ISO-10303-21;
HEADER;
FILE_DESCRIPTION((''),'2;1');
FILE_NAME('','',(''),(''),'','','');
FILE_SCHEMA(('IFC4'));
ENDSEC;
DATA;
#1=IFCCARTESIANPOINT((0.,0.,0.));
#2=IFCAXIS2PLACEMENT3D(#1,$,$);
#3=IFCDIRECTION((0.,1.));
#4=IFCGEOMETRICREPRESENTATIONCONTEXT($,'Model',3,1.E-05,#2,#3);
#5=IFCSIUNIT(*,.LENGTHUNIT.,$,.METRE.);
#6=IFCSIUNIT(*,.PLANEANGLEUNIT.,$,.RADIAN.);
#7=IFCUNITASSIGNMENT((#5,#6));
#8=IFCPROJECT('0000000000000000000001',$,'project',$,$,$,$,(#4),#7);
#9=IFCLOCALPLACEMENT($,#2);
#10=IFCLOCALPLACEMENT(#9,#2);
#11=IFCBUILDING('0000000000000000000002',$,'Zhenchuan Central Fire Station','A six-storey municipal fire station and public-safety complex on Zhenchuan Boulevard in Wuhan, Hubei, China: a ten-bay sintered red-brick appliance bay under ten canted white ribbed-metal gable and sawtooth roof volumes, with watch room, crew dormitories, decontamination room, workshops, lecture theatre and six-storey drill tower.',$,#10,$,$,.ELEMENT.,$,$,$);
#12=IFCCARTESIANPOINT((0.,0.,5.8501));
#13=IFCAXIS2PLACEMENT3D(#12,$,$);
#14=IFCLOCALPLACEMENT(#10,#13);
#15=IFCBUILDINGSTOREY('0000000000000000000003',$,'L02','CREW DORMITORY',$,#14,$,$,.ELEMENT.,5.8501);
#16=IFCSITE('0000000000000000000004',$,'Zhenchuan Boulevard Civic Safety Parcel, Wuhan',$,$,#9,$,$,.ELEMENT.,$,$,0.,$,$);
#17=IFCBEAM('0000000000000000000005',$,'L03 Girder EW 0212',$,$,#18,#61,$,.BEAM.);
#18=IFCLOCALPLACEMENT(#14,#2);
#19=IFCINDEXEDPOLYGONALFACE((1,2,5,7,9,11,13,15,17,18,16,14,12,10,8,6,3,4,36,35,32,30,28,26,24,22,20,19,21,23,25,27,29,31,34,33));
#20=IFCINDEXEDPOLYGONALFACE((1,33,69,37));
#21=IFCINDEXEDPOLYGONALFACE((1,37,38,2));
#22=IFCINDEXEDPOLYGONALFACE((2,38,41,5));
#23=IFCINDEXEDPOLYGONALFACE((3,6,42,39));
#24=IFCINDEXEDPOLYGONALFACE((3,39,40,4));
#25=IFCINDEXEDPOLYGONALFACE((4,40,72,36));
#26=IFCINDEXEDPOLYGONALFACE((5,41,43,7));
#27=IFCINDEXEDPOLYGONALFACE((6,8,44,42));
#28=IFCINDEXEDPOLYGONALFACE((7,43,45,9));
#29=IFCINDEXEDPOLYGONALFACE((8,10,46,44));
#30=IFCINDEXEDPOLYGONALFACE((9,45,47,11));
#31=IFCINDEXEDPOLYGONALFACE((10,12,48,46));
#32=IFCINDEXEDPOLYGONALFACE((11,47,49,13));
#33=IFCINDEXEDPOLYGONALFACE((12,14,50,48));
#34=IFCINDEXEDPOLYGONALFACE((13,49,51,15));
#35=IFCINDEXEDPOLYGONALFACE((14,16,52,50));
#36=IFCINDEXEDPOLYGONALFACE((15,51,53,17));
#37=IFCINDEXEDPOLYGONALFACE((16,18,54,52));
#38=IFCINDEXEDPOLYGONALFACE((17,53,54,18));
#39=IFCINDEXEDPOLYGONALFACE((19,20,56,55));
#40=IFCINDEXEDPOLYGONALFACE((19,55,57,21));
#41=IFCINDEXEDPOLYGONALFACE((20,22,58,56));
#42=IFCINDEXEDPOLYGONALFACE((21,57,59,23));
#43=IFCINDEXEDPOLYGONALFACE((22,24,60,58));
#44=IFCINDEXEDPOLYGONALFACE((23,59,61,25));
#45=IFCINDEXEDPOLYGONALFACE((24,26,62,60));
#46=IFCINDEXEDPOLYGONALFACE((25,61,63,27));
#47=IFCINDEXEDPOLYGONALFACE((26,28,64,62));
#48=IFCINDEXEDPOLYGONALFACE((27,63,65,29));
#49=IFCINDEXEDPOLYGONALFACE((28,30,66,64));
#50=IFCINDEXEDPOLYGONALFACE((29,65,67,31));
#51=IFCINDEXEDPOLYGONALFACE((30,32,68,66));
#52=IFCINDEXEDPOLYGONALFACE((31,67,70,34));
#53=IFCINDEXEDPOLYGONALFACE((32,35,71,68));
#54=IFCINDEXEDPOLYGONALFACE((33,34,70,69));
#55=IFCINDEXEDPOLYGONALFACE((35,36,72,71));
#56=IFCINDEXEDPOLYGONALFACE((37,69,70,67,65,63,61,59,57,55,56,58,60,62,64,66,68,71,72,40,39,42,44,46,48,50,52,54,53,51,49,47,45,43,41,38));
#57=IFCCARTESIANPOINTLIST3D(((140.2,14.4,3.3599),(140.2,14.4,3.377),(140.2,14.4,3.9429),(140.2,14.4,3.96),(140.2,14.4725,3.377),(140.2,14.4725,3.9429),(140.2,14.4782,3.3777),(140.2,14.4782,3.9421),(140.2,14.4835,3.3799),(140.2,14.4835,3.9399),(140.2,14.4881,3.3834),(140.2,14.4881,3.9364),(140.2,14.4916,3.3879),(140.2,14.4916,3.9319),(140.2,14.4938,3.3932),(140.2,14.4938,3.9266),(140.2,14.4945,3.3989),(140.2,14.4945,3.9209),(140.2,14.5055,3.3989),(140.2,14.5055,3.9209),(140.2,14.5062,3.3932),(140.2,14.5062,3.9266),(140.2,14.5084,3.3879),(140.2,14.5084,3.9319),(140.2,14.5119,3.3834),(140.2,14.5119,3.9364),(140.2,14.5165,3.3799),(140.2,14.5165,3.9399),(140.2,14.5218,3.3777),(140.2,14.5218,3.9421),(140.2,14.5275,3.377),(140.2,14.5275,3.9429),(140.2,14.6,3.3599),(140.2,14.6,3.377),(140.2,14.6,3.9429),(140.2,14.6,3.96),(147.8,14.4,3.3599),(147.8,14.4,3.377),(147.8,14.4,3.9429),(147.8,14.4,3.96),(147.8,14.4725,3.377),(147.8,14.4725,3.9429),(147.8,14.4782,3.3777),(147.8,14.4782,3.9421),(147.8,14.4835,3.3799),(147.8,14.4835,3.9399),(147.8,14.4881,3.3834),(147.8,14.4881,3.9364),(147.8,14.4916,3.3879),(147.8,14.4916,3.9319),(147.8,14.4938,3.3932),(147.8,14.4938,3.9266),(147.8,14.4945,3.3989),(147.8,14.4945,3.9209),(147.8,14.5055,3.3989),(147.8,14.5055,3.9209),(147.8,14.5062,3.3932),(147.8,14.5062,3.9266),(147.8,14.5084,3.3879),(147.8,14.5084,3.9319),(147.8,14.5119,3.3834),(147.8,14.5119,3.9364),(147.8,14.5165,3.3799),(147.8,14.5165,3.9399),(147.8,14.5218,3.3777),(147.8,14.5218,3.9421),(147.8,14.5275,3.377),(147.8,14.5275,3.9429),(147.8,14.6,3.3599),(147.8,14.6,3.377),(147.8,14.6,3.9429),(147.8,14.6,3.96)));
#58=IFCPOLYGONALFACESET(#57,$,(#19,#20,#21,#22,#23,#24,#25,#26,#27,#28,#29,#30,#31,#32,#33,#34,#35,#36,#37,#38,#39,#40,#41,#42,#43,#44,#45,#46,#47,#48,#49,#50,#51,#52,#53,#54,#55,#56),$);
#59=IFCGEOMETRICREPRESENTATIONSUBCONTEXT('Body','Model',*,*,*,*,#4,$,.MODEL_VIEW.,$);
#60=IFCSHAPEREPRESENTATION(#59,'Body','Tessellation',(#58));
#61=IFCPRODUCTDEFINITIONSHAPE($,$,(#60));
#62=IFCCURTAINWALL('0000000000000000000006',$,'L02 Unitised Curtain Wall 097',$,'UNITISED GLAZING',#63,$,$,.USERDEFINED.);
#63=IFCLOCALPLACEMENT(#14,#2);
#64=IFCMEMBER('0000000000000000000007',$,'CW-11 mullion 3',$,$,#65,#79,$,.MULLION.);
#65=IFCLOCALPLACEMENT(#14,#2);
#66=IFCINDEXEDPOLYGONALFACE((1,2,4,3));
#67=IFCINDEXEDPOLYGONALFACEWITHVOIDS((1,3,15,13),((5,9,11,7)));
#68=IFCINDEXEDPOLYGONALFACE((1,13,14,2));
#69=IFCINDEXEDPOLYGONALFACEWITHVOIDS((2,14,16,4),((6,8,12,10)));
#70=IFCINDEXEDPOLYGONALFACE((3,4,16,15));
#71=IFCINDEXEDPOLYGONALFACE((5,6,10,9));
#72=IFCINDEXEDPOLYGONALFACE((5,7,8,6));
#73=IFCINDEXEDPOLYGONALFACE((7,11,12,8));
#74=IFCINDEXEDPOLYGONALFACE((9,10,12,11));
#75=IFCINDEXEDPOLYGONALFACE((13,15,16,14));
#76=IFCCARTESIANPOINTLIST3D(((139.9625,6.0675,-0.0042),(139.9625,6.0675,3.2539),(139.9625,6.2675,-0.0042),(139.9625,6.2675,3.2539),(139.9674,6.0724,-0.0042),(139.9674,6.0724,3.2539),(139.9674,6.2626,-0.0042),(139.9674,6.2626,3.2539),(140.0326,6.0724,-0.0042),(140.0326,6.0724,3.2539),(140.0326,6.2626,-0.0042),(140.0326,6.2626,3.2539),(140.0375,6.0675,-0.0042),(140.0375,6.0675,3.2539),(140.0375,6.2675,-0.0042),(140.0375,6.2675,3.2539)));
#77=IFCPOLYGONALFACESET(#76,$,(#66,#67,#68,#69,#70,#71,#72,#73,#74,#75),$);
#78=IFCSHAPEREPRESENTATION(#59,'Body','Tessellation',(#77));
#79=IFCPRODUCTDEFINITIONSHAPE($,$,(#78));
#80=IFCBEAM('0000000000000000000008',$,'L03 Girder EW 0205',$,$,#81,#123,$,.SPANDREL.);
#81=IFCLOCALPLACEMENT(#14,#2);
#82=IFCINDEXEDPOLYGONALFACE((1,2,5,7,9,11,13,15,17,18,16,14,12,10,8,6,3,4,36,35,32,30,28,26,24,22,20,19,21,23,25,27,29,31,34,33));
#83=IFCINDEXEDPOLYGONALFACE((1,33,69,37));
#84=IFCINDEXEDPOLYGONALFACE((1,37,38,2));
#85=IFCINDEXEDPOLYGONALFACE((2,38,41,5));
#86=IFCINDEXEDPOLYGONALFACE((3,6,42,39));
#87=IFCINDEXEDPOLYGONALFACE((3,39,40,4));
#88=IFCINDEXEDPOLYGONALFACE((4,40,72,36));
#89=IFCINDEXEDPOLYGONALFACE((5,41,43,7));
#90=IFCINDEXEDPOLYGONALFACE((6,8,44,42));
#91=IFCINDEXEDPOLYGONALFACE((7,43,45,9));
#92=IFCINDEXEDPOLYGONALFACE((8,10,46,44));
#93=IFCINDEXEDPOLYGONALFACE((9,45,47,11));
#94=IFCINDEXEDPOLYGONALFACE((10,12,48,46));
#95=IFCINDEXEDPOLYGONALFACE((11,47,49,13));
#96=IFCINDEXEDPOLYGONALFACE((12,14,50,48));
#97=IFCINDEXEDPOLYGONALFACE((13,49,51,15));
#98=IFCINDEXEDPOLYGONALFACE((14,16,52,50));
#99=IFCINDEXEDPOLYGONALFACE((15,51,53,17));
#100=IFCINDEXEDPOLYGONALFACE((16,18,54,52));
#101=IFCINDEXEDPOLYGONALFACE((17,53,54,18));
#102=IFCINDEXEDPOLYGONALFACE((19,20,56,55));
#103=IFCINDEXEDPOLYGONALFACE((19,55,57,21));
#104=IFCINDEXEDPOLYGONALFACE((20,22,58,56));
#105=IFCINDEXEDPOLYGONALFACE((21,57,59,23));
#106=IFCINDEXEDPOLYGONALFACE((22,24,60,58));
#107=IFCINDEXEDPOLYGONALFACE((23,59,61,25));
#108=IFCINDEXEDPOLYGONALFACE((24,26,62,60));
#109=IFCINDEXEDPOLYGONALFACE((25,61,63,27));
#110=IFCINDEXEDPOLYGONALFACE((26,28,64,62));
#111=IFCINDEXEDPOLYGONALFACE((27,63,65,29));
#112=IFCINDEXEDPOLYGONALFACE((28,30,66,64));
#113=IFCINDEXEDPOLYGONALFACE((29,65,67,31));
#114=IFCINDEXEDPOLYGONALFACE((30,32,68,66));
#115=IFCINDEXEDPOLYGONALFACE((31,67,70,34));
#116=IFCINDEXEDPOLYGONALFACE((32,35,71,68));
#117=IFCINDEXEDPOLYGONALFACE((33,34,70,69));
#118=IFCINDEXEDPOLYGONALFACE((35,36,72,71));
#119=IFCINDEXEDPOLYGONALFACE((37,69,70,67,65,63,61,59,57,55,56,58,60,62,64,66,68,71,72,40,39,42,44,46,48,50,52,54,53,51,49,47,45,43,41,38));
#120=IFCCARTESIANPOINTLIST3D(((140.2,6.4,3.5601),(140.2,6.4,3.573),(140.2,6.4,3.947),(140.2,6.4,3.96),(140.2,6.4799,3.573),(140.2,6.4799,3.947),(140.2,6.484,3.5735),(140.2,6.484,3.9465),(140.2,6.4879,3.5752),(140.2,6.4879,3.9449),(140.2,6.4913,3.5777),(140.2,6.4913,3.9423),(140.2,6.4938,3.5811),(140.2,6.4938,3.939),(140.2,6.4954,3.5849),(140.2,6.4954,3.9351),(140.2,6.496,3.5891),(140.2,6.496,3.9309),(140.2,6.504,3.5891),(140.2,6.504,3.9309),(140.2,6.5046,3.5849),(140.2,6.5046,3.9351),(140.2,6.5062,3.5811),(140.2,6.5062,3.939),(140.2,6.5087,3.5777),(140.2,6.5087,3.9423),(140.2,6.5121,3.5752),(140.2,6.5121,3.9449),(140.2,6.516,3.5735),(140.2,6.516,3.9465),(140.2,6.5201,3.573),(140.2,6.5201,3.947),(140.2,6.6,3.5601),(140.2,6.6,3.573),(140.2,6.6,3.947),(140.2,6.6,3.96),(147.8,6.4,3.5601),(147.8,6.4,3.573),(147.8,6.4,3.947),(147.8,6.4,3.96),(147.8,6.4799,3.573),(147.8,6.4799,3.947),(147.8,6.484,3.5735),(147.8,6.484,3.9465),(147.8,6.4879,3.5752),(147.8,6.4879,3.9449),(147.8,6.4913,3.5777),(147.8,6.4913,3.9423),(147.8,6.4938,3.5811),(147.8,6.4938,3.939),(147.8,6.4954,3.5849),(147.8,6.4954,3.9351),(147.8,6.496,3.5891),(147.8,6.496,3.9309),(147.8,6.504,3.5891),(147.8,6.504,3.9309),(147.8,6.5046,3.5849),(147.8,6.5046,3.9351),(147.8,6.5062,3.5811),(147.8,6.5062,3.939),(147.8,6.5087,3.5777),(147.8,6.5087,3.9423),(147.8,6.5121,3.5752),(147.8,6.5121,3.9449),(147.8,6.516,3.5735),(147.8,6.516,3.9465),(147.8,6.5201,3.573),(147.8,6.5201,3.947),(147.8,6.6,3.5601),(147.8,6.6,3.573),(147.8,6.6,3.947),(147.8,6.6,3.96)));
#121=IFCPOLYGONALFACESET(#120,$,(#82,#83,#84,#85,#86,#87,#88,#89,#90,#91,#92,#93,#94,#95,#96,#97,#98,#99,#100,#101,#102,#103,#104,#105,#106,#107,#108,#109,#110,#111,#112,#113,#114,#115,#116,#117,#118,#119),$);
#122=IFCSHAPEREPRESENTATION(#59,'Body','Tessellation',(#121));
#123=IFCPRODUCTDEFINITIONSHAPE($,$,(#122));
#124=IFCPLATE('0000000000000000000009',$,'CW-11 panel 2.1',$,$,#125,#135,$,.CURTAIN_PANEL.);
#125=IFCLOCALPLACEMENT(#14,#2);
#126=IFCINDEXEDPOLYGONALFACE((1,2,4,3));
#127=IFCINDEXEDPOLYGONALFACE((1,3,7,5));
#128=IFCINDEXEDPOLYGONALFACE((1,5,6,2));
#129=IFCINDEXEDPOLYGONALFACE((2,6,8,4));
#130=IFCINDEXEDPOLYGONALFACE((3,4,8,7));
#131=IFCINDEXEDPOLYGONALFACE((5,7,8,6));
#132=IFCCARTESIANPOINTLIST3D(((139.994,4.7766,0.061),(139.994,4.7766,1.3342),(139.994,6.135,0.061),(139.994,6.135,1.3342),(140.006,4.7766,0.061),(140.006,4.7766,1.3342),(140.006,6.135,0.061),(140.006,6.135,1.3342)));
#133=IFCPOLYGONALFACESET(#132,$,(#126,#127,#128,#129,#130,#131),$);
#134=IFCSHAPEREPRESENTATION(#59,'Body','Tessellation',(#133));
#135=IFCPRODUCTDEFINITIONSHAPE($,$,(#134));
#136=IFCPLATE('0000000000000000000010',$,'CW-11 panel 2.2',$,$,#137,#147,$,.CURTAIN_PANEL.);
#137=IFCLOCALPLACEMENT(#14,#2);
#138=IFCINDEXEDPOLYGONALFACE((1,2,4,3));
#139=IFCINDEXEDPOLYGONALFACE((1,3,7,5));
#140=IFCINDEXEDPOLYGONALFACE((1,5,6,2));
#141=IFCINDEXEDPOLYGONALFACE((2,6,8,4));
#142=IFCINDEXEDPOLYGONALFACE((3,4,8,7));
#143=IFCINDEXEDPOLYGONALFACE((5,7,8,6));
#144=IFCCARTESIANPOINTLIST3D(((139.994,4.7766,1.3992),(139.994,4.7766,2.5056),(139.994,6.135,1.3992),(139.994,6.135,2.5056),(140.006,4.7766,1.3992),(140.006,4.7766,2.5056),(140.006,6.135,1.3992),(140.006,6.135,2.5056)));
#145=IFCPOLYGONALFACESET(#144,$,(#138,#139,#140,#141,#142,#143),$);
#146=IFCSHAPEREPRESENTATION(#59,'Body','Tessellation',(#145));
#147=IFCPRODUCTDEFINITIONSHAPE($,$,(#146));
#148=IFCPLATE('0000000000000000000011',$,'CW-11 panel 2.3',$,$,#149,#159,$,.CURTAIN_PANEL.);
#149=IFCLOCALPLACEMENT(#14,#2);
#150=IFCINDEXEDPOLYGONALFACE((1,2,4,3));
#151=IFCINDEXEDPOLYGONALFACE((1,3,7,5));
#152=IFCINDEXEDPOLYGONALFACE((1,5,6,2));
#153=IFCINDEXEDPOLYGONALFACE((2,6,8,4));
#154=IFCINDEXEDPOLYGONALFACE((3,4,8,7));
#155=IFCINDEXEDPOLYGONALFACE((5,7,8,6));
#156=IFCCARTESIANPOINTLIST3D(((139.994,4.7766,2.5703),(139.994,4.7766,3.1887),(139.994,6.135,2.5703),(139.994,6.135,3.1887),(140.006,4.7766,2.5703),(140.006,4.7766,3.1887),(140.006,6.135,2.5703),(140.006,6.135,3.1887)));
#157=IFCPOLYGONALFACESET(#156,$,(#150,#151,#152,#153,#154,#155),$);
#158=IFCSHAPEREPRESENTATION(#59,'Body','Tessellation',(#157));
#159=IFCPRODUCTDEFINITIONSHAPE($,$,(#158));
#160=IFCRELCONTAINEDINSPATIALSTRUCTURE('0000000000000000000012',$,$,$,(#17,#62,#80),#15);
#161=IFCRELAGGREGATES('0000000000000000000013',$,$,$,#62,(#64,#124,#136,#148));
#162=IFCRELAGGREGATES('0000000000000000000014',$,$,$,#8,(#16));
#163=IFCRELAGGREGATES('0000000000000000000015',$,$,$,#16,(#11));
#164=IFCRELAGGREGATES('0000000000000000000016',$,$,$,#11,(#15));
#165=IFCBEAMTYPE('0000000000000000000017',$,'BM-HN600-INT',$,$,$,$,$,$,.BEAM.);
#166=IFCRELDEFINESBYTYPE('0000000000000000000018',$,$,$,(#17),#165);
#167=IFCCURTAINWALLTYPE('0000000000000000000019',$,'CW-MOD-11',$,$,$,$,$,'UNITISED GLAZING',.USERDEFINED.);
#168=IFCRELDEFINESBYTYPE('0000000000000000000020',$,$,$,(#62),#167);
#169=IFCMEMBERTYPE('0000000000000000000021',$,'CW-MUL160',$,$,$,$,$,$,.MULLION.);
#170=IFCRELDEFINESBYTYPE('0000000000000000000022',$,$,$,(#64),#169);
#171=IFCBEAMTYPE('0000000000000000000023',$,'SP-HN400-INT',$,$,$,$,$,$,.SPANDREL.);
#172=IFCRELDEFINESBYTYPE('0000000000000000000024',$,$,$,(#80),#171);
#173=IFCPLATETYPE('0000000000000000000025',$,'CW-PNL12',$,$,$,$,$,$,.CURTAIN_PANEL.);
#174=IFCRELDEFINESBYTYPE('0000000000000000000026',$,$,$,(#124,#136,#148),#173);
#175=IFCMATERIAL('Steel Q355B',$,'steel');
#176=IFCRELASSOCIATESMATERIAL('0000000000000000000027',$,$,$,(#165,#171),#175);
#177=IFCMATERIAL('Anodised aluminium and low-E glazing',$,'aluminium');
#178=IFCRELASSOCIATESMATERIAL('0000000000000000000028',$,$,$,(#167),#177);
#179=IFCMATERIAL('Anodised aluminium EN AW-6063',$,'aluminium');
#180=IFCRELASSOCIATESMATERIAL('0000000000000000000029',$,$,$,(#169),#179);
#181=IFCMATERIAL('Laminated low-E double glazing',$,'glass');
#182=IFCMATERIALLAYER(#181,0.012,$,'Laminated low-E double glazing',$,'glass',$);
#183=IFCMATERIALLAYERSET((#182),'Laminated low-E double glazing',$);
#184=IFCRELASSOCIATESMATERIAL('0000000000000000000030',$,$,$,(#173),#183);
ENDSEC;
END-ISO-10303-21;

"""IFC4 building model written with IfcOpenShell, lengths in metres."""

from ifc_helpers import new_model, si_unit, direction, frame, origin, origin_2d, place, context, subcontext, project, spatial, rectangle, hollow_rectangle, i_section, extrude, material, layer, layer_set, material_profile, profile_set, type_object, element, aggregate, save


model = new_model("IFC4")

# Units and contexts
model_context = context("Model", 3, precision=1e-05, world=origin(), true_north=direction((0.0, 1.0)))
body_context = subcontext(model_context, "Body", "Model", "MODEL_VIEW")
ifc_project = project(units=[si_unit("LENGTHUNIT", "METRE"), si_unit("PLANEANGLEUNIT", "RADIAN")], contexts=[model_context])

# Site, building, storey
site_placement = place(None, origin())
site = spatial("IfcSite", under=ifc_project, at=site_placement, Name="Zhenchuan Boulevard Civic Safety Parcel, Wuhan", CompositionType="ELEMENT", RefElevation=0.0)
building_placement = place(site_placement, origin())
building = spatial("IfcBuilding", under=site, at=building_placement, Name="Zhenchuan Central Fire Station", Description="A six-storey municipal fire station and public-safety complex on Zhenchuan Boulevard in Wuhan, Hubei, China: a ten-bay sintered red-brick appliance bay under ten canted white ribbed-metal gable and sawtooth roof volumes, with watch room, crew dormitories, decontamination room, workshops, lecture theatre and six-storey drill tower.", CompositionType="ELEMENT")
storey_placement = place(building_placement, frame((0.0, 0.0, 5.8501)))
storey = spatial("IfcBuildingStorey", under=building, at=storey_placement, Name="L02", Description="CREW DORMITORY", CompositionType="ELEMENT", Elevation=5.8501)

# Shared definitions
ifc_material_1 = material(Name="Steel Q355B", Category="steel")

# Beam
ifc_material_profile_1 = material_profile(ifc_material_1, i_section(OverallWidth=0.2, OverallDepth=0.6001, WebThickness=0.011, FlangeThickness=0.0171, FilletRadius=0.022, at=origin_2d()), Name="HN 600x200")
ifc_profile_set_1 = profile_set([ifc_material_profile_1], Name="Steel Q355B")
beam_type_1 = type_object("IfcBeamType", Name="BM-HN600-INT", PredefinedType="BEAM", material=ifc_profile_set_1)
beam_1_placement = place(storey_placement, frame((140.2, 14.5, 3.6599), z_axis=(1.0, 0.0, 0.0), x_axis=(0.0, 1.0, 0.0)))
element("IfcBeam", 1, at=beam_1_placement, inside=storey, type_object=beam_type_1, Name="L03 Girder EW 0212", PredefinedType="BEAM", context=body_context, shape_type="SweptSolid", body=[
    extrude(i_section(OverallWidth=0.2, OverallDepth=0.6001, WebThickness=0.011, FlangeThickness=0.0171, FilletRadius=0.022, at=origin_2d()), origin(), (0.0, 0.0, 1.0), 7.6001),
])

# Curtain wall, member
ifc_material_2 = material(Name="Anodised aluminium and low-E glazing", Category="aluminium")
curtain_wall_type = type_object("IfcCurtainWallType", Name="CW-MOD-11", ElementType="UNITISED GLAZING", PredefinedType="USERDEFINED", material=ifc_material_2)
curtain_wall_placement = place(storey_placement, origin())
curtain_wall = element("IfcCurtainWall", 2, at=curtain_wall_placement, inside=storey, type_object=curtain_wall_type, Name="L02 Unitised Curtain Wall 097", ObjectType="UNITISED GLAZING", PredefinedType="USERDEFINED")
ifc_material_3 = material(Name="Anodised aluminium EN AW-6063", Category="aluminium")
ifc_material_profile_2 = material_profile(ifc_material_3, hollow_rectangle(XDim=0.075, YDim=0.2, WallThickness=0.0049, at=origin_2d()), Name="ALU-M 200x75")
ifc_profile_set_2 = profile_set([ifc_material_profile_2], Name="Anodised aluminium EN AW-6063")
member_type = type_object("IfcMemberType", Name="CW-MUL160", PredefinedType="MULLION", material=ifc_profile_set_2)
member_placement = place(storey_placement, frame((140.0, 6.1675, -0.0042), z_axis=(0.0, 0.0, 1.0), x_axis=(-1.0, 0.0, 0.0)))
member = element("IfcMember", 3, at=member_placement, type_object=member_type, Name="CW-11 mullion 3", PredefinedType="MULLION", context=body_context, shape_type="SweptSolid", body=[
    extrude(hollow_rectangle(XDim=0.075, YDim=0.2, WallThickness=0.0049, at=origin_2d()), origin(), (0.0, 0.0, 1.0), 3.2581),
])

# Beam
ifc_material_profile_3 = material_profile(ifc_material_1, i_section(OverallWidth=0.2, OverallDepth=0.3999, WebThickness=0.0081, FlangeThickness=0.0129, FilletRadius=0.0161, at=origin_2d()), Name="HN 400x200")
ifc_profile_set_3 = profile_set([ifc_material_profile_3], Name="Steel Q355B")
beam_type_2 = type_object("IfcBeamType", Name="SP-HN400-INT", PredefinedType="SPANDREL", material=ifc_profile_set_3)
beam_2_placement = place(storey_placement, frame((140.2, 6.5, 3.76), z_axis=(1.0, 0.0, 0.0), x_axis=(0.0, 1.0, 0.0)))
element("IfcBeam", 4, at=beam_2_placement, inside=storey, type_object=beam_type_2, Name="L03 Girder EW 0205", PredefinedType="SPANDREL", context=body_context, shape_type="SweptSolid", body=[
    extrude(i_section(OverallWidth=0.2, OverallDepth=0.3999, WebThickness=0.0081, FlangeThickness=0.0129, FilletRadius=0.0161, at=origin_2d()), origin(), (0.0, 0.0, 1.0), 7.6001),
])

# Plates
ifc_material_4 = material(Name="Laminated low-E double glazing", Category="glass")
ifc_layer_1 = layer(ifc_material_4, 0.012, Name="Laminated low-E double glazing", Category="glass")
ifc_layer_set_1 = layer_set([ifc_layer_1], Name="Laminated low-E double glazing")
plate_type = type_object("IfcPlateType", Name="CW-PNL12", PredefinedType="CURTAIN_PANEL", material=ifc_layer_set_1)
plate_1_placement = place(storey_placement, frame((140.0, 5.4558, 0.061), z_axis=(0.0, 0.0, 1.0), x_axis=(0.0, 1.0, 0.0)))
plate_1 = element("IfcPlate", 5, at=plate_1_placement, type_object=plate_type, Name="CW-11 panel 2.1", PredefinedType="CURTAIN_PANEL", context=body_context, shape_type="SweptSolid", body=[
    extrude(rectangle(XDim=1.3584, YDim=0.012, at=origin_2d()), origin(), (0.0, 0.0, 1.0), 1.2732),
])
plate_2_placement = place(storey_placement, frame((140.0, 5.4558, 1.3992), z_axis=(0.0, 0.0, 1.0), x_axis=(0.0, 1.0, 0.0)))
plate_2 = element("IfcPlate", 6, at=plate_2_placement, type_object=plate_type, Name="CW-11 panel 2.2", PredefinedType="CURTAIN_PANEL", context=body_context, shape_type="SweptSolid", body=[
    extrude(rectangle(XDim=1.3584, YDim=0.012, at=origin_2d()), origin(), (0.0, 0.0, 1.0), 1.1064),
])
plate_3_placement = place(storey_placement, frame((140.0, 5.4558, 2.5703), z_axis=(0.0, 0.0, 1.0), x_axis=(0.0, 1.0, 0.0)))
plate_3 = element("IfcPlate", 7, at=plate_3_placement, type_object=plate_type, Name="CW-11 panel 2.3", PredefinedType="CURTAIN_PANEL", context=body_context, shape_type="SweptSolid", body=[
    extrude(rectangle(XDim=1.3584, YDim=0.012, at=origin_2d()), origin(), (0.0, 0.0, 1.0), 0.6184),
])
aggregate(curtain_wall, [member, plate_1, plate_2, plate_3])

save(model, "model.ifc")
